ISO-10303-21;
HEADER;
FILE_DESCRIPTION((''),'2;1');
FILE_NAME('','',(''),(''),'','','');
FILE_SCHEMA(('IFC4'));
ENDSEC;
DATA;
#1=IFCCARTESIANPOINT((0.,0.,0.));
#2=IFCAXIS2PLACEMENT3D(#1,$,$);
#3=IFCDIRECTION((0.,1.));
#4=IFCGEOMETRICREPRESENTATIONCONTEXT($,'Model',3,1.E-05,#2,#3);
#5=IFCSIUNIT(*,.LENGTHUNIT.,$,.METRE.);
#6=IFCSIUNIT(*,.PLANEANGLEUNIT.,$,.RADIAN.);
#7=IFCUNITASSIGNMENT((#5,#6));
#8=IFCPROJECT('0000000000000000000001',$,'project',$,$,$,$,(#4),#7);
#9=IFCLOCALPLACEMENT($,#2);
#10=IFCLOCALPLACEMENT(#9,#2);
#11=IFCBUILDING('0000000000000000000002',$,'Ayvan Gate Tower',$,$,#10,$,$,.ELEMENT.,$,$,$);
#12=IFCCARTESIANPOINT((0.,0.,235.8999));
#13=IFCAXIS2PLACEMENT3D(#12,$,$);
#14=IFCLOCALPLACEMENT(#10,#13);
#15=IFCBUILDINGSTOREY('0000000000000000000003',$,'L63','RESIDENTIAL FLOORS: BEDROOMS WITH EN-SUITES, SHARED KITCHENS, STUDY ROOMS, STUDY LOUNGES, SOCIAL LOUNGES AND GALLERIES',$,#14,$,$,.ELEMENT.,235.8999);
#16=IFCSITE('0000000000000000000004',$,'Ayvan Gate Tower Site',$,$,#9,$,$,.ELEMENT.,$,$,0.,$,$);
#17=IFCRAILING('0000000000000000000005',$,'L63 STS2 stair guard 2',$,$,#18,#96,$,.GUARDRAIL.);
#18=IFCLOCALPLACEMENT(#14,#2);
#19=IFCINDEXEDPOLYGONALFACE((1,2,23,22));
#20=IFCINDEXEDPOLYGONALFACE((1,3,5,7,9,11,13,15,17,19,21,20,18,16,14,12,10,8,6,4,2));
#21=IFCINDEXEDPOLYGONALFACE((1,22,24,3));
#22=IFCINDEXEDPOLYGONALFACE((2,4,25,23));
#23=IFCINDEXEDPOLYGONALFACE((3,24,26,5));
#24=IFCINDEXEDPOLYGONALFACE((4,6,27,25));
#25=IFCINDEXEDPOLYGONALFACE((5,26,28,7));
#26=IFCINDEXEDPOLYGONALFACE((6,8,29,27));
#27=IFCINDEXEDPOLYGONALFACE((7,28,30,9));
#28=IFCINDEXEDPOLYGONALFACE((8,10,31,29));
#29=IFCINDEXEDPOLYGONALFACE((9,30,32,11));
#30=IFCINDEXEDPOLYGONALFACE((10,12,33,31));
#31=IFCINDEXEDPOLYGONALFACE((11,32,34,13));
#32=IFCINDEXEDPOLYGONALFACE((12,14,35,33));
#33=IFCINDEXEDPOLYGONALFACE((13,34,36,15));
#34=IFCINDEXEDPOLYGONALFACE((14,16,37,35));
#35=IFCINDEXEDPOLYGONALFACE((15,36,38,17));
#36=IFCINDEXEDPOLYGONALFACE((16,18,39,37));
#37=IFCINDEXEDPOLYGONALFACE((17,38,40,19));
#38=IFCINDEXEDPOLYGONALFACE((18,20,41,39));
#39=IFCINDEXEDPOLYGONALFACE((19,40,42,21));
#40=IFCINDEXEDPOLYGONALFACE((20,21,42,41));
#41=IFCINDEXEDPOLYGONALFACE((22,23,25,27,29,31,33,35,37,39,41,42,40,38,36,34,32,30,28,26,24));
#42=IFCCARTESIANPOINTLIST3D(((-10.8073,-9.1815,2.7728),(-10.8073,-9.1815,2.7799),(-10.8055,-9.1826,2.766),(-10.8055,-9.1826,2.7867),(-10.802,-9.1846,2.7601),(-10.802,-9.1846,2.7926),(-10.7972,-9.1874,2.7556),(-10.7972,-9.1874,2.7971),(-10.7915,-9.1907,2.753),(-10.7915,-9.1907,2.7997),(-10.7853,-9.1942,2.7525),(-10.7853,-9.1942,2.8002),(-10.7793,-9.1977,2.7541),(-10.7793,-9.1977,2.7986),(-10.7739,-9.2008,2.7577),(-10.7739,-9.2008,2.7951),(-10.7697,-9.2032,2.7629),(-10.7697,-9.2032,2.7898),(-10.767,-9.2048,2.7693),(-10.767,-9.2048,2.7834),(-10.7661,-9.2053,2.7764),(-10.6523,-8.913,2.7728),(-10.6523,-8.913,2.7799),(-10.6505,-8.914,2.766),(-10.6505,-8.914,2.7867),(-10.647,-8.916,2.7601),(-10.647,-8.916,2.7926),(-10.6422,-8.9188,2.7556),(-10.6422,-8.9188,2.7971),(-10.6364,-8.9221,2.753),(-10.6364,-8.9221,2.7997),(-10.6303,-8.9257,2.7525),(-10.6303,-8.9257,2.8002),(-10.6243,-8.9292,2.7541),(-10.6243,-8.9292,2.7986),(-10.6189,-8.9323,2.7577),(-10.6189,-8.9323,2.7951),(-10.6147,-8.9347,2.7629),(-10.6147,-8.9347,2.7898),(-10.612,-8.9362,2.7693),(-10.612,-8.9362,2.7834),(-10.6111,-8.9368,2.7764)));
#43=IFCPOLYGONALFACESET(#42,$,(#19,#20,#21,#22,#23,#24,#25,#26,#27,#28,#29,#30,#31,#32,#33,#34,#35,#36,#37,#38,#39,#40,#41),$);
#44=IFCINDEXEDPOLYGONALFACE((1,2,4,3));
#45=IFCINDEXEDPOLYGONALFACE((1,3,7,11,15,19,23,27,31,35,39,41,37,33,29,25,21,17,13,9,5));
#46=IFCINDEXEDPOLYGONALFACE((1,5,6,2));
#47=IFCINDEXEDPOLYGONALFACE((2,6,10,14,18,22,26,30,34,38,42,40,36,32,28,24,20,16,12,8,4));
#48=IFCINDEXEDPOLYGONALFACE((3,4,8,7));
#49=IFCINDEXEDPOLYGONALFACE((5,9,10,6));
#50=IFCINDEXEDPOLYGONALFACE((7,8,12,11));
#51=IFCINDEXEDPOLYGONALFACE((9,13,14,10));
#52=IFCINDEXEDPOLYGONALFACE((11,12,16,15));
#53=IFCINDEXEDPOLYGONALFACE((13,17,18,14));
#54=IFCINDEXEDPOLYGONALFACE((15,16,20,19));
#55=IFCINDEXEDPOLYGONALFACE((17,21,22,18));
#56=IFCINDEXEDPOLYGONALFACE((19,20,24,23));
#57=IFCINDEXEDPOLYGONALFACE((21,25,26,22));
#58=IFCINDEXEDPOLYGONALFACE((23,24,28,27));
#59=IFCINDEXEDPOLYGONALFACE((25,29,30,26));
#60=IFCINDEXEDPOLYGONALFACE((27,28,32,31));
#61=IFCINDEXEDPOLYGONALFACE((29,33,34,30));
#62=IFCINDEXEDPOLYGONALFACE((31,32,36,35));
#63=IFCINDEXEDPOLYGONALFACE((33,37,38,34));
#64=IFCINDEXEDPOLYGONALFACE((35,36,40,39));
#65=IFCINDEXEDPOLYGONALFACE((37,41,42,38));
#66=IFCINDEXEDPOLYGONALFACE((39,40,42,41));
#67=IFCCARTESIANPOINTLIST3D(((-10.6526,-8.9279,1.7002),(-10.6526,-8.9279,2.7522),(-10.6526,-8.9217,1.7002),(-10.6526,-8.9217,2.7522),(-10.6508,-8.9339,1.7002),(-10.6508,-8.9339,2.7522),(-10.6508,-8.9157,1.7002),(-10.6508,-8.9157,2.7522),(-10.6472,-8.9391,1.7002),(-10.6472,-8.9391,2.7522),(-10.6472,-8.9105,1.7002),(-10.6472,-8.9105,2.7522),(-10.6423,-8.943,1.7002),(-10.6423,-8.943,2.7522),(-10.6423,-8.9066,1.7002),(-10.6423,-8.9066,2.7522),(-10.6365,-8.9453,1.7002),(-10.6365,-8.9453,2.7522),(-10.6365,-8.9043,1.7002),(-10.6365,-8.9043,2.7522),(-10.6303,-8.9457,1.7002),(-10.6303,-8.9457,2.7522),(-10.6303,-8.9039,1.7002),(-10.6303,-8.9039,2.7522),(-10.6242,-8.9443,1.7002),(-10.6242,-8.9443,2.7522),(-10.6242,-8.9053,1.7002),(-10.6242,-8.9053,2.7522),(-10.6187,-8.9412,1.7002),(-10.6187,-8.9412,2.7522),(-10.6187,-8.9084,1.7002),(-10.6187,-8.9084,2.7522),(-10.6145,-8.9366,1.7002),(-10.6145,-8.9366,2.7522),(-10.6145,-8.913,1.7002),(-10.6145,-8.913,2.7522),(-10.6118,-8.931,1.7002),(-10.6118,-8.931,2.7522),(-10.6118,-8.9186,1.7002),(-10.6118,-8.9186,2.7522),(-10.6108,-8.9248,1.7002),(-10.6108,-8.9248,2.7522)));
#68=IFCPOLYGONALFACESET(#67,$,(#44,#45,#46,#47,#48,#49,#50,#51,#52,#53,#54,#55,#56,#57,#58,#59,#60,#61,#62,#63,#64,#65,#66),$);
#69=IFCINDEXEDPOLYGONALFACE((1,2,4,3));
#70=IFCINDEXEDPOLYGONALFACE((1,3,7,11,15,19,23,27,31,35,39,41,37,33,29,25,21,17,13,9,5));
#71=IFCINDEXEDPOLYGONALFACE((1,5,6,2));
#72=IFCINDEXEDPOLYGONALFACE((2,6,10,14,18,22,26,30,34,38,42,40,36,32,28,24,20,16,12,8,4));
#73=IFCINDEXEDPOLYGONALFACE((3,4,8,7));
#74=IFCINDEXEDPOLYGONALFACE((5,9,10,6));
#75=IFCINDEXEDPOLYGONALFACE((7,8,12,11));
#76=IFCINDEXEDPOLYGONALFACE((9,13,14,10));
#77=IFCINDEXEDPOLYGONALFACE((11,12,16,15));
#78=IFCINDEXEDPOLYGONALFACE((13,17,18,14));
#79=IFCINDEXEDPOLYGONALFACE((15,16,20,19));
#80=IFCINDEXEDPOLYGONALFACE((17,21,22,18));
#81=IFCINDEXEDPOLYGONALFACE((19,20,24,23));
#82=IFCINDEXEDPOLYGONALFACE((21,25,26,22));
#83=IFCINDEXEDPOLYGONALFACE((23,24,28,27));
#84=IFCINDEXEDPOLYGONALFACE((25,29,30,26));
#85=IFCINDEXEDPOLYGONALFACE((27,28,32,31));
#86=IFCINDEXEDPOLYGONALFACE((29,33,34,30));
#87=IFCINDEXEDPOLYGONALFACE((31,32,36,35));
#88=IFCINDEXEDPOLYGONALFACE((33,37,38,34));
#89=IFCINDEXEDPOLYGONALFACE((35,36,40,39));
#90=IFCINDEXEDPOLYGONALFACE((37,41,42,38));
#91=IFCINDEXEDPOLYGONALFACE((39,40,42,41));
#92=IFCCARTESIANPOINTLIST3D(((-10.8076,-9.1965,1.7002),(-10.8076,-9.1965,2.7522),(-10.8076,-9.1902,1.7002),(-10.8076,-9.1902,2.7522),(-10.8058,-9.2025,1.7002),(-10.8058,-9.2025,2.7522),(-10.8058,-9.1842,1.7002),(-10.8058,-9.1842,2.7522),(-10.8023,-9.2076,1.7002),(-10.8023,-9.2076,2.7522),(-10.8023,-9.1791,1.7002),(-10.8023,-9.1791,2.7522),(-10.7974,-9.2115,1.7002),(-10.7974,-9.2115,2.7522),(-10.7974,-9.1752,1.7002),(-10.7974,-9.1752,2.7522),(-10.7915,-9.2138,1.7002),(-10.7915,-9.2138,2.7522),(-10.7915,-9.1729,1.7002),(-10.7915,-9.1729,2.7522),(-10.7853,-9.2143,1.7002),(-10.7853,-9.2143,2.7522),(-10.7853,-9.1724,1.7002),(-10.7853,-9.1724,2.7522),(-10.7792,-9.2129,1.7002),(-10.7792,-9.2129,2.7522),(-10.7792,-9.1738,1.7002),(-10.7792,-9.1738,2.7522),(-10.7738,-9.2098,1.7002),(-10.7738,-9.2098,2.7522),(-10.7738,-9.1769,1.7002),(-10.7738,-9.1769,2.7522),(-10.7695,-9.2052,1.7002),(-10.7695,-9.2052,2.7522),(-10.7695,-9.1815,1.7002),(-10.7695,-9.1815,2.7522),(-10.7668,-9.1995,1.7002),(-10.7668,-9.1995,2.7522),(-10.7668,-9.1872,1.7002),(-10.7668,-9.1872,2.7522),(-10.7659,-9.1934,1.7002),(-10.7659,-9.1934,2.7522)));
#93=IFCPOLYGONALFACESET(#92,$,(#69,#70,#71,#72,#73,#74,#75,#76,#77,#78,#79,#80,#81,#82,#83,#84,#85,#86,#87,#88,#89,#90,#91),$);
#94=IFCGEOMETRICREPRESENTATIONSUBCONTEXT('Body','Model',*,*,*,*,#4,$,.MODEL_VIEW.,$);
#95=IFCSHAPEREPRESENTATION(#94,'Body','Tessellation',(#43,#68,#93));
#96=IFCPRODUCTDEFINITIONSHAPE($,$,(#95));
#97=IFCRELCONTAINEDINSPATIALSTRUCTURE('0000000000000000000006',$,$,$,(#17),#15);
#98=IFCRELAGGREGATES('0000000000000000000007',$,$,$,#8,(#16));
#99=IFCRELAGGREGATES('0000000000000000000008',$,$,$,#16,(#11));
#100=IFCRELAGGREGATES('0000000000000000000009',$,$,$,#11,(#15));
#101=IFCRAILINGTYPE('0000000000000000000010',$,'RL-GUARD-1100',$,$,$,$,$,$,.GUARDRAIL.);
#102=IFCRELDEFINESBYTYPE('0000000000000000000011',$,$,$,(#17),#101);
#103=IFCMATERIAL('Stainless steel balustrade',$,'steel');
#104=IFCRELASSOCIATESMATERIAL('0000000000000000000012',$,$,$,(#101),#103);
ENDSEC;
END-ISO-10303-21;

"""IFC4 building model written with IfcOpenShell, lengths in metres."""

from ifc_helpers import new_model, si_unit, direction, frame, origin, origin_2d, place, context, subcontext, project, spatial, circle, extrude, material, type_object, element, save


model = new_model("IFC4")

# Units and contexts
model_context = context("Model", 3, precision=1e-05, world=origin(), true_north=direction((0.0, 1.0)))
body_context = subcontext(model_context, "Body", "Model", "MODEL_VIEW")
ifc_project = project(units=[si_unit("LENGTHUNIT", "METRE"), si_unit("PLANEANGLEUNIT", "RADIAN")], contexts=[model_context])

# Site, building, storey
site_placement = place(None, origin())
site = spatial("IfcSite", under=ifc_project, at=site_placement, Name="Ayvan Gate Tower Site", CompositionType="ELEMENT", RefElevation=0.0)
building_placement = place(site_placement, origin())
building = spatial("IfcBuilding", under=site, at=building_placement, Name="Ayvan Gate Tower", CompositionType="ELEMENT")
storey_placement = place(building_placement, frame((0.0, 0.0, 235.8999)))
storey = spatial("IfcBuildingStorey", under=building, at=storey_placement, Name="L63", Description="RESIDENTIAL FLOORS: BEDROOMS WITH EN-SUITES, SHARED KITCHENS, STUDY ROOMS, STUDY LOUNGES, SOCIAL LOUNGES AND GALLERIES", CompositionType="ELEMENT", Elevation=235.8999)

# Railing
ifc_material_1 = material(Name="Stainless steel balustrade", Category="steel")
railing_type_1 = type_object("IfcRailingType", Name="RL-GUARD-1100", PredefinedType="GUARDRAIL", material=ifc_material_1)
railing_1_placement = place(storey_placement, frame((-10.6318, -8.9248, 1.7002)))
element("IfcRailing", 1, at=railing_1_placement, inside=storey, type_object=railing_type_1, Name="L63 STS2 stair guard 2", PredefinedType="GUARDRAIL", context=body_context, shape_type="SweptSolid", body=[
    extrude(circle(Radius=0.0239, at=origin_2d()), frame((0.0, 0.0, 1.0762), z_axis=(-0.49995, -0.866054, 0.0), x_axis=(0.866054, -0.49995, 0.0)), (0.0, 0.0, 1.0), 0.3101),
    extrude(circle(Radius=0.021, at=origin_2d()), origin(), (0.0, 0.0, 1.0), 1.052),
    extrude(circle(Radius=0.021, at=origin_2d()), frame((-0.155, -0.2686, 0.0)), (0.0, 0.0, 1.0), 1.052),
])

save(model, "model.ifc")
